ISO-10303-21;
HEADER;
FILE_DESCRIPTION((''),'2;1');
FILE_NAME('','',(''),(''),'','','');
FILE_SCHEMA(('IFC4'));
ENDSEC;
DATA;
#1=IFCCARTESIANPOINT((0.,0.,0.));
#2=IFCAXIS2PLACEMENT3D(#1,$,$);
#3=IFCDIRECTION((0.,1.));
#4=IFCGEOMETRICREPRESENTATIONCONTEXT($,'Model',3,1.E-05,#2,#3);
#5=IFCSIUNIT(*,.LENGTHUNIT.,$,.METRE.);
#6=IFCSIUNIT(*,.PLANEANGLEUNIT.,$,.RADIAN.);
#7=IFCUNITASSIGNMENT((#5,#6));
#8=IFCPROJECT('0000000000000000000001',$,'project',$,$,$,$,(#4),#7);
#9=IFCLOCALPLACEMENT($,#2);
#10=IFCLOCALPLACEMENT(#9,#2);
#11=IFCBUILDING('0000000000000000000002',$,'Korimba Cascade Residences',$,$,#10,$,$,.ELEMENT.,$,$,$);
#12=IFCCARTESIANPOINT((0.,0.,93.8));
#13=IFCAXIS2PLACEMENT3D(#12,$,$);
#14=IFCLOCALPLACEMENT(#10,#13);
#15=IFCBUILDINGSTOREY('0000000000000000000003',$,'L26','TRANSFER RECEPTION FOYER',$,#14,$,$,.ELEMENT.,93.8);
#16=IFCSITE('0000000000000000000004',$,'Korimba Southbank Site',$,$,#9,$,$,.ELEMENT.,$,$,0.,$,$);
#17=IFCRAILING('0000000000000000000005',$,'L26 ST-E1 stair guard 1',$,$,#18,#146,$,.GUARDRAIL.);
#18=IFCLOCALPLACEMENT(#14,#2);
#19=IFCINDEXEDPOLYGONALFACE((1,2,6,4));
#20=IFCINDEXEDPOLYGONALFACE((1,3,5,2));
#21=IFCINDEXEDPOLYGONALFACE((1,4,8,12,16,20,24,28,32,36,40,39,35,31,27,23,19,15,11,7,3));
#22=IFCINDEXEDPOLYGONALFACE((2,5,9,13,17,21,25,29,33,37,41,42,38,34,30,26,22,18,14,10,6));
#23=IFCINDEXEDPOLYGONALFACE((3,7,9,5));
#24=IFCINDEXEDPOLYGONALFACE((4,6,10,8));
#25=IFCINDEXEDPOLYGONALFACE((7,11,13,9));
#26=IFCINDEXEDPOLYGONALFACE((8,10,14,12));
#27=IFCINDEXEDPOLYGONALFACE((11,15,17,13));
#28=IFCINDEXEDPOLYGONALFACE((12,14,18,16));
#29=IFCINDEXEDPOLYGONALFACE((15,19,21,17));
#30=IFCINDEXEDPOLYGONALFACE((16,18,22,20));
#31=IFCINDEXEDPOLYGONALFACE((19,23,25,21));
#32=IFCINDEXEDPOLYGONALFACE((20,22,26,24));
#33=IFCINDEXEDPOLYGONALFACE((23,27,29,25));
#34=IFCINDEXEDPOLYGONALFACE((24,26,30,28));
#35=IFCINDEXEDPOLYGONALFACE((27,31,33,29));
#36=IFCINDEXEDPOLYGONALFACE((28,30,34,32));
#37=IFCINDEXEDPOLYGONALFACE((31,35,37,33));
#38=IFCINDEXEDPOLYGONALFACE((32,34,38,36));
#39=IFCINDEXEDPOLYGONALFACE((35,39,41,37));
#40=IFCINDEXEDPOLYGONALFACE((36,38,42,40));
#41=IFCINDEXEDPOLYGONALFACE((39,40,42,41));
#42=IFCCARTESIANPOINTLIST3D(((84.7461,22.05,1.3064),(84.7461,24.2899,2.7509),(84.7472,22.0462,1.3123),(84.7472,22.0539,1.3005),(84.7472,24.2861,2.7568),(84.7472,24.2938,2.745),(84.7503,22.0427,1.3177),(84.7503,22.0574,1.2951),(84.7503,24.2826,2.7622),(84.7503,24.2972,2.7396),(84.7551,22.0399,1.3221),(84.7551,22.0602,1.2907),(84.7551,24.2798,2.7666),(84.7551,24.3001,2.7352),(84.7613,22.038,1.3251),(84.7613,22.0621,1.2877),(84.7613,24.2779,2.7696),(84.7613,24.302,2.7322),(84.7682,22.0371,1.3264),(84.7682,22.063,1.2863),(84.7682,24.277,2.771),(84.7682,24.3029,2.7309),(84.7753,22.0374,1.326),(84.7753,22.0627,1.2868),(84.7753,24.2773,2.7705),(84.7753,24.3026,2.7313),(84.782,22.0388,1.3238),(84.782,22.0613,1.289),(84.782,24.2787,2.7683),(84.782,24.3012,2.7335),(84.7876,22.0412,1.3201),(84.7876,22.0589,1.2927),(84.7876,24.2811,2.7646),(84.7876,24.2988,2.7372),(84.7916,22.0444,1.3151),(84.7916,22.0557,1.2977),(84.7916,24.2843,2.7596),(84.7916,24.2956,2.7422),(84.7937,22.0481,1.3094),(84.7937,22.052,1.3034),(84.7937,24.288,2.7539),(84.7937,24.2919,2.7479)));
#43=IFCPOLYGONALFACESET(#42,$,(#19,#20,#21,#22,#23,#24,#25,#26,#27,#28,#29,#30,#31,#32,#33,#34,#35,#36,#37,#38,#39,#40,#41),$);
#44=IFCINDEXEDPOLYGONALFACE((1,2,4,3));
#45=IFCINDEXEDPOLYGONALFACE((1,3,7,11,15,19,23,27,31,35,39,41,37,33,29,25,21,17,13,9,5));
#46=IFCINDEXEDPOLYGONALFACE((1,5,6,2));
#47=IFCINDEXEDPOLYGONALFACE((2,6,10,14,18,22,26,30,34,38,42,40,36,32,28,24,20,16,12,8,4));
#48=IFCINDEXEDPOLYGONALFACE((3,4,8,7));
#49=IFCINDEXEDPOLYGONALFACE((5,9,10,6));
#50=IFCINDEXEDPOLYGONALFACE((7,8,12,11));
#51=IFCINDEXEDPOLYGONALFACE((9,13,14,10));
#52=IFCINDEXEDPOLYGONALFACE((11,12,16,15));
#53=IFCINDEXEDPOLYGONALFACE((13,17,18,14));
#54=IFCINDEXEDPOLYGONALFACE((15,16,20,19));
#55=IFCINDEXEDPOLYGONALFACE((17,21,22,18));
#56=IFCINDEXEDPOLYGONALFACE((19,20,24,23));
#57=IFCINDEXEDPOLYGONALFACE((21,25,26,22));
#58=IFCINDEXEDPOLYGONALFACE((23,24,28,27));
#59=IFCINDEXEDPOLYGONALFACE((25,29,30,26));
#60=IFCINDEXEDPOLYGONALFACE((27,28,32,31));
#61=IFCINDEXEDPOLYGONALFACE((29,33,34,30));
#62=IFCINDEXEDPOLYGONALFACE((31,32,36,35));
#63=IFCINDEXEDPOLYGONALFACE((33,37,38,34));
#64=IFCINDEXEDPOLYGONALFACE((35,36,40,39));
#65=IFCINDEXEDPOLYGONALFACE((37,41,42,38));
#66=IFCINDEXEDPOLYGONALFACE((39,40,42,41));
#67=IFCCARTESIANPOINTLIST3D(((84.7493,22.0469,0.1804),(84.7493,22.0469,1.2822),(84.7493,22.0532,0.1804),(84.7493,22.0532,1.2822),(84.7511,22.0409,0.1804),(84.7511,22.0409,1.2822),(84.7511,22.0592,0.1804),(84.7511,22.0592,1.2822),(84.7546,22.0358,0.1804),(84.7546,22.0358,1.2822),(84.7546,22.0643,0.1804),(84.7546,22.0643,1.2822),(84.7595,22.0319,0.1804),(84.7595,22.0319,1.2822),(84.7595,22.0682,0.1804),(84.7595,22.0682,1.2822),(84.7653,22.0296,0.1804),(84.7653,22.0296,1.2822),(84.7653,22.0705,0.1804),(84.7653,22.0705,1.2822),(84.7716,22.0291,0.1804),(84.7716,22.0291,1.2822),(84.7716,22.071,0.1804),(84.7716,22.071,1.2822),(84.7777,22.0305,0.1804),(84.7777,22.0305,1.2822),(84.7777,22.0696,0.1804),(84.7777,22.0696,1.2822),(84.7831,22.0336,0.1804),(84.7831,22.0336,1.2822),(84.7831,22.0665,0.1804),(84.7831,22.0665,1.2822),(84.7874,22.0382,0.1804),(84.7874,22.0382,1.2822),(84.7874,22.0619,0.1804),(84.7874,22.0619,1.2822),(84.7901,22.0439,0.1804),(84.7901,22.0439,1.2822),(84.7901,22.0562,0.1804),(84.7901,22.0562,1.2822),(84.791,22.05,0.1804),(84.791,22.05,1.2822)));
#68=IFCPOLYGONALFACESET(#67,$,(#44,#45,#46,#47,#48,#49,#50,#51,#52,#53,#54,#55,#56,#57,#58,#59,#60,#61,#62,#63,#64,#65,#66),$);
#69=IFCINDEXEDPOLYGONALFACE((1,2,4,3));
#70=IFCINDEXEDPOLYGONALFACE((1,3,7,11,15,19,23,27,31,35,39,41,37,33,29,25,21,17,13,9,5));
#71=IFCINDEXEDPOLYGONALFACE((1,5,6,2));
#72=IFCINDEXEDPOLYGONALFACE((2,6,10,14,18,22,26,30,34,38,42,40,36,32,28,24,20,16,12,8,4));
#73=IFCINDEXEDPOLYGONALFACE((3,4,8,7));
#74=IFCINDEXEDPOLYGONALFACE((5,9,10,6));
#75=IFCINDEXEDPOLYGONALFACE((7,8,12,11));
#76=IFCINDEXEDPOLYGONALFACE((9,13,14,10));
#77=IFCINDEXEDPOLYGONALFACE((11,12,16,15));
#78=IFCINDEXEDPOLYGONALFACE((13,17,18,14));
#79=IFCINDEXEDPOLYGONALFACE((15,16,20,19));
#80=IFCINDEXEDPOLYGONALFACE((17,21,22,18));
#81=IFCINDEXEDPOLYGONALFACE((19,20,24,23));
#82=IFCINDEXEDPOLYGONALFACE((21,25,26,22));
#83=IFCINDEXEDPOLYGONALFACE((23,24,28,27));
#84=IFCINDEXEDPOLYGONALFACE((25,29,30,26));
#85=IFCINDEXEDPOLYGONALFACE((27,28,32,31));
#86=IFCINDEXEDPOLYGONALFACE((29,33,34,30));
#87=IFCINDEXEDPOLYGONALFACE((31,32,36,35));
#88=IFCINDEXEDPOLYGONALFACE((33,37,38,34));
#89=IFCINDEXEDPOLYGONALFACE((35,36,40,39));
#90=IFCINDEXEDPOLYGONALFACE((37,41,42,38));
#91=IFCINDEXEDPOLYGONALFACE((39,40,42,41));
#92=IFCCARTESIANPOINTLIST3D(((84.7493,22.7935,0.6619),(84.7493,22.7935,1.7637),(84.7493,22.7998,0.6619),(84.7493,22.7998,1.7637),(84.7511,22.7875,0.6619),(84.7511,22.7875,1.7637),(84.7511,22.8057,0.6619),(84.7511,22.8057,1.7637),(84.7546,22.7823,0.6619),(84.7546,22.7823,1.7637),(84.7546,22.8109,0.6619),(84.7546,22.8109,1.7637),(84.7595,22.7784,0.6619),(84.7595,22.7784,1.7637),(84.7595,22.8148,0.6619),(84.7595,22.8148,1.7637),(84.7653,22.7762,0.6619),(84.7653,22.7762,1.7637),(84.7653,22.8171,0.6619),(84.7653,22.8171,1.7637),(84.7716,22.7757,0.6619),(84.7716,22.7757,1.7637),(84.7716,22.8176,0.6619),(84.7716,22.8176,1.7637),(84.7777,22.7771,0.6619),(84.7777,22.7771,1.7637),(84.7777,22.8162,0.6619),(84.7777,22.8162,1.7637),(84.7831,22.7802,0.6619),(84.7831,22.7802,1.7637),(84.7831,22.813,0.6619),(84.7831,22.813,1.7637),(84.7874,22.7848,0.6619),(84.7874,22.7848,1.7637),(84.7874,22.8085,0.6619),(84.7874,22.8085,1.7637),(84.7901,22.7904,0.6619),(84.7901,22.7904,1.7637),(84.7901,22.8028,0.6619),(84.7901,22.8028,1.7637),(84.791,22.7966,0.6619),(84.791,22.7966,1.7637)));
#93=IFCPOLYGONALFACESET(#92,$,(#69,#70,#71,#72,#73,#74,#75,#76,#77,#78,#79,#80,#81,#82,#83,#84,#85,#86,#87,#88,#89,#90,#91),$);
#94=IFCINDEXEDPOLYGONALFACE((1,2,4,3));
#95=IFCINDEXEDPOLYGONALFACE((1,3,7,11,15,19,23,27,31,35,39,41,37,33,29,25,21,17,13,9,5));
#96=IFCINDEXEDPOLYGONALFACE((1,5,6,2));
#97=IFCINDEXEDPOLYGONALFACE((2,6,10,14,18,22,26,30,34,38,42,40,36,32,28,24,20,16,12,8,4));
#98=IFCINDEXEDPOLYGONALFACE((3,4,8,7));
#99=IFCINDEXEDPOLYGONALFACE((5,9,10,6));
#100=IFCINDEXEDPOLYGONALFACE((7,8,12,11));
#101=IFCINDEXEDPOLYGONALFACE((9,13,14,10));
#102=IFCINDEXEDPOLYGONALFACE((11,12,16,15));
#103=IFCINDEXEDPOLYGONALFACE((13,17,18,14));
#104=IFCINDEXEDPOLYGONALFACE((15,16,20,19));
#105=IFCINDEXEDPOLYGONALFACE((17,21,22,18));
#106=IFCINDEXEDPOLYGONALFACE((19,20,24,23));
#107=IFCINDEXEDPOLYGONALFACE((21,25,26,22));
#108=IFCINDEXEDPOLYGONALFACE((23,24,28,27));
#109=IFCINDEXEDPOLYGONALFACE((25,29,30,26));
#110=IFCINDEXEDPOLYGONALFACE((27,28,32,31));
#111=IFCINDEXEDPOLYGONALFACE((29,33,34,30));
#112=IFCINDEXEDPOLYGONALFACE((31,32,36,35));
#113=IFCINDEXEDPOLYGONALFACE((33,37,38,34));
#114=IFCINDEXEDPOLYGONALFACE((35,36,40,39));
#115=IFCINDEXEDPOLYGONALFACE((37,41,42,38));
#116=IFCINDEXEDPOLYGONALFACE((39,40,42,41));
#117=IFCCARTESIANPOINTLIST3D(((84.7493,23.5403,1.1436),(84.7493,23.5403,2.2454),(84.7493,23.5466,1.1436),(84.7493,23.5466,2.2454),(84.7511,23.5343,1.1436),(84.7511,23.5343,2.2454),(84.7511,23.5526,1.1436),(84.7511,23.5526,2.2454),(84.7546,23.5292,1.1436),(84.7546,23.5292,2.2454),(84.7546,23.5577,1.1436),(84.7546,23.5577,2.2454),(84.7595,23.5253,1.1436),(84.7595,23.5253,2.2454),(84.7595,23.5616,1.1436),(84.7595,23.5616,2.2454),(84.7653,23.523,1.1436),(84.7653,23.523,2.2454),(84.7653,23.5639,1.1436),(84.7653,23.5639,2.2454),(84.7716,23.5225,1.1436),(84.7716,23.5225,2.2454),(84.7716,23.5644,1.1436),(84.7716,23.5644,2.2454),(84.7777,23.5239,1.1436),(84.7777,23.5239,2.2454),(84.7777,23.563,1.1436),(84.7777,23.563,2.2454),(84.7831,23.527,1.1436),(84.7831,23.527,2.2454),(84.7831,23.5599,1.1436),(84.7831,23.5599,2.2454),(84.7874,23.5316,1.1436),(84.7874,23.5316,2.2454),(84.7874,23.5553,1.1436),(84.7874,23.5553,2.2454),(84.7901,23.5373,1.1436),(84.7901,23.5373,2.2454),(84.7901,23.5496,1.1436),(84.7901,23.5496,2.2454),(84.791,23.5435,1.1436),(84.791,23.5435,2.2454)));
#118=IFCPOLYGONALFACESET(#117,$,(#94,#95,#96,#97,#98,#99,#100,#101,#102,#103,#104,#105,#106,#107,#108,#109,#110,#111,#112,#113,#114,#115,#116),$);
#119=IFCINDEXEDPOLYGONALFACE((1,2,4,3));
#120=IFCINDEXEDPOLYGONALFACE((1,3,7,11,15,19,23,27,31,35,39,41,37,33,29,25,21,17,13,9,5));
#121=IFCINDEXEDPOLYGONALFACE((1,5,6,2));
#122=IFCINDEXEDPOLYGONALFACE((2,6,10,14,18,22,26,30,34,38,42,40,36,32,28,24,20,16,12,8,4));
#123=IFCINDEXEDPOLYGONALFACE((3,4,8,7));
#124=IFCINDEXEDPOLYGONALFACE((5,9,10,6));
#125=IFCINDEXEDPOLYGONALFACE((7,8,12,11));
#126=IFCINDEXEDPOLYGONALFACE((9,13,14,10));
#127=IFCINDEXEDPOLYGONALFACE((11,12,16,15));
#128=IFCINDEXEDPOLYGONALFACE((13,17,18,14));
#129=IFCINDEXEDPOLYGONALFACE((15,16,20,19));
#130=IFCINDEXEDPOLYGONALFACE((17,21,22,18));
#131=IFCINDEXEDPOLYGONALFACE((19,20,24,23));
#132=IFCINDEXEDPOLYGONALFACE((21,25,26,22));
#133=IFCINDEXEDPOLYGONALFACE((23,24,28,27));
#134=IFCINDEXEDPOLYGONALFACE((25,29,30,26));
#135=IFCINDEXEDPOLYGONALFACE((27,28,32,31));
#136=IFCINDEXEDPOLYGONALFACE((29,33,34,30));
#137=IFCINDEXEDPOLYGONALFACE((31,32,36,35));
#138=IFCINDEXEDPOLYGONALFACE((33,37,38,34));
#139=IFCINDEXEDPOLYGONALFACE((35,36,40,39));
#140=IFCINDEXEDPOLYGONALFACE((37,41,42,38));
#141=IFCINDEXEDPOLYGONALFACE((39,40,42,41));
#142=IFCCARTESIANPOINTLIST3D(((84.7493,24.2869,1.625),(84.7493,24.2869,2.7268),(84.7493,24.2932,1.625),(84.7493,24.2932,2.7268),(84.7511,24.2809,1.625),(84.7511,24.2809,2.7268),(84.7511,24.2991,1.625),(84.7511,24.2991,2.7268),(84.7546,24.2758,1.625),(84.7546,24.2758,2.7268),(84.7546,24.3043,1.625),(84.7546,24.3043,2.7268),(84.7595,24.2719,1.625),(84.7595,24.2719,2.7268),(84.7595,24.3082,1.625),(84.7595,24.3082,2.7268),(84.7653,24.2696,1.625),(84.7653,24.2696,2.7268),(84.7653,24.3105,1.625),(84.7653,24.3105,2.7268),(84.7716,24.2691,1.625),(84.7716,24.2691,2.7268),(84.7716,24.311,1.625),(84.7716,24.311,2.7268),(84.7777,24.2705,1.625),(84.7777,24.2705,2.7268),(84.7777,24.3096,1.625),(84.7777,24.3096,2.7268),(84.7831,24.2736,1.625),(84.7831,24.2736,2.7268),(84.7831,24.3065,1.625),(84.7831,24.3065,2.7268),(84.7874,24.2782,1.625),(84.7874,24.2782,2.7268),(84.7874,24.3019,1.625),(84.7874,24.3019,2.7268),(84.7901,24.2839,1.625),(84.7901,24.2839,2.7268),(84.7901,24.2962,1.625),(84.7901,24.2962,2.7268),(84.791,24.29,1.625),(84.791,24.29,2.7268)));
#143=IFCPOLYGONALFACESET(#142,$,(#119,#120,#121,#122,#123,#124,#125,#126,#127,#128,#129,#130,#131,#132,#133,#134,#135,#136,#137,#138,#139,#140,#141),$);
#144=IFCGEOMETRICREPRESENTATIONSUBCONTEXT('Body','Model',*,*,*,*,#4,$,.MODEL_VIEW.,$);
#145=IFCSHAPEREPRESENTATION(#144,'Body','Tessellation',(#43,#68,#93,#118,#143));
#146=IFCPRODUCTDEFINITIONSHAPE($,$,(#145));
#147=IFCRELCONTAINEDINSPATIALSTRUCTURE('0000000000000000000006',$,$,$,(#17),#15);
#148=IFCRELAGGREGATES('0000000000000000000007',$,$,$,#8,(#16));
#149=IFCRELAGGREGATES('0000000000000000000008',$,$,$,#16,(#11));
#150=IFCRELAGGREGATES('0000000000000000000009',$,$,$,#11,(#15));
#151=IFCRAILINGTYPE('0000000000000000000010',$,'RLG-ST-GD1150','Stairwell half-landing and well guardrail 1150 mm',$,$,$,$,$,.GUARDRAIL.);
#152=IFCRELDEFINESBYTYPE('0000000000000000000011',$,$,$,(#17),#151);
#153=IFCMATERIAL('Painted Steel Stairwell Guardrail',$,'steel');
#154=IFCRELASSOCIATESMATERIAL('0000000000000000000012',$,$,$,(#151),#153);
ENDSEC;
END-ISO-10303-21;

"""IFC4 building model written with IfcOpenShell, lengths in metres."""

from ifc_helpers import new_model, si_unit, direction, frame, origin, origin_2d, place, context, subcontext, project, spatial, circle, extrude, material, type_object, element, save


model = new_model("IFC4")

# Units and contexts
model_context = context("Model", 3, precision=1e-05, world=origin(), true_north=direction((0.0, 1.0)))
body_context = subcontext(model_context, "Body", "Model", "MODEL_VIEW")
ifc_project = project(units=[si_unit("LENGTHUNIT", "METRE"), si_unit("PLANEANGLEUNIT", "RADIAN")], contexts=[model_context])

# Site, building, storey
site_placement = place(None, origin())
site = spatial("IfcSite", under=ifc_project, at=site_placement, Name="Korimba Southbank Site", CompositionType="ELEMENT", RefElevation=0.0)
building_placement = place(site_placement, origin())
building = spatial("IfcBuilding", under=site, at=building_placement, Name="Korimba Cascade Residences", CompositionType="ELEMENT")
storey_placement = place(building_placement, frame((0.0, 0.0, 93.8)))
storey = spatial("IfcBuildingStorey", under=building, at=storey_placement, Name="L26", Description="TRANSFER RECEPTION FOYER", CompositionType="ELEMENT", Elevation=93.8)

# Railing
ifc_material_1 = material(Name="Painted Steel Stairwell Guardrail", Category="steel")
railing_type = type_object("IfcRailingType", Name="RLG-ST-GD1150", Description="Stairwell half-landing and well guardrail 1150 mm", PredefinedType="GUARDRAIL", material=ifc_material_1)
railing_1_placement = place(storey_placement, frame((84.77, 22.05, 0.1804)))
element("IfcRailing", 1, at=railing_1_placement, inside=storey, type_object=railing_type, Name="L26 ST-E1 stair guard 1", PredefinedType="GUARDRAIL", context=body_context, shape_type="SweptSolid", body=[
    extrude(circle(Radius=0.0239, at=origin_2d()), frame((0.0, 0.0, 1.126), z_axis=(0.0, 0.840395, 0.541975), x_axis=(-1.0, 0.0, 0.0)), (0.0, 0.0, 1.0), 2.6653),
    extrude(circle(Radius=0.021, at=origin_2d()), origin(), (0.0, 0.0, 1.0), 1.1018),
    extrude(circle(Radius=0.021, at=origin_2d()), frame((0.0, 0.7466, 0.4814)), (0.0, 0.0, 1.0), 1.1018),
    extrude(circle(Radius=0.021, at=origin_2d()), frame((0.0, 1.4934, 0.9631)), (0.0, 0.0, 1.0), 1.1018),
    extrude(circle(Radius=0.021, at=origin_2d()), frame((0.0, 2.24, 1.4446)), (0.0, 0.0, 1.0), 1.1018),
])

save(model, "model.ifc")
